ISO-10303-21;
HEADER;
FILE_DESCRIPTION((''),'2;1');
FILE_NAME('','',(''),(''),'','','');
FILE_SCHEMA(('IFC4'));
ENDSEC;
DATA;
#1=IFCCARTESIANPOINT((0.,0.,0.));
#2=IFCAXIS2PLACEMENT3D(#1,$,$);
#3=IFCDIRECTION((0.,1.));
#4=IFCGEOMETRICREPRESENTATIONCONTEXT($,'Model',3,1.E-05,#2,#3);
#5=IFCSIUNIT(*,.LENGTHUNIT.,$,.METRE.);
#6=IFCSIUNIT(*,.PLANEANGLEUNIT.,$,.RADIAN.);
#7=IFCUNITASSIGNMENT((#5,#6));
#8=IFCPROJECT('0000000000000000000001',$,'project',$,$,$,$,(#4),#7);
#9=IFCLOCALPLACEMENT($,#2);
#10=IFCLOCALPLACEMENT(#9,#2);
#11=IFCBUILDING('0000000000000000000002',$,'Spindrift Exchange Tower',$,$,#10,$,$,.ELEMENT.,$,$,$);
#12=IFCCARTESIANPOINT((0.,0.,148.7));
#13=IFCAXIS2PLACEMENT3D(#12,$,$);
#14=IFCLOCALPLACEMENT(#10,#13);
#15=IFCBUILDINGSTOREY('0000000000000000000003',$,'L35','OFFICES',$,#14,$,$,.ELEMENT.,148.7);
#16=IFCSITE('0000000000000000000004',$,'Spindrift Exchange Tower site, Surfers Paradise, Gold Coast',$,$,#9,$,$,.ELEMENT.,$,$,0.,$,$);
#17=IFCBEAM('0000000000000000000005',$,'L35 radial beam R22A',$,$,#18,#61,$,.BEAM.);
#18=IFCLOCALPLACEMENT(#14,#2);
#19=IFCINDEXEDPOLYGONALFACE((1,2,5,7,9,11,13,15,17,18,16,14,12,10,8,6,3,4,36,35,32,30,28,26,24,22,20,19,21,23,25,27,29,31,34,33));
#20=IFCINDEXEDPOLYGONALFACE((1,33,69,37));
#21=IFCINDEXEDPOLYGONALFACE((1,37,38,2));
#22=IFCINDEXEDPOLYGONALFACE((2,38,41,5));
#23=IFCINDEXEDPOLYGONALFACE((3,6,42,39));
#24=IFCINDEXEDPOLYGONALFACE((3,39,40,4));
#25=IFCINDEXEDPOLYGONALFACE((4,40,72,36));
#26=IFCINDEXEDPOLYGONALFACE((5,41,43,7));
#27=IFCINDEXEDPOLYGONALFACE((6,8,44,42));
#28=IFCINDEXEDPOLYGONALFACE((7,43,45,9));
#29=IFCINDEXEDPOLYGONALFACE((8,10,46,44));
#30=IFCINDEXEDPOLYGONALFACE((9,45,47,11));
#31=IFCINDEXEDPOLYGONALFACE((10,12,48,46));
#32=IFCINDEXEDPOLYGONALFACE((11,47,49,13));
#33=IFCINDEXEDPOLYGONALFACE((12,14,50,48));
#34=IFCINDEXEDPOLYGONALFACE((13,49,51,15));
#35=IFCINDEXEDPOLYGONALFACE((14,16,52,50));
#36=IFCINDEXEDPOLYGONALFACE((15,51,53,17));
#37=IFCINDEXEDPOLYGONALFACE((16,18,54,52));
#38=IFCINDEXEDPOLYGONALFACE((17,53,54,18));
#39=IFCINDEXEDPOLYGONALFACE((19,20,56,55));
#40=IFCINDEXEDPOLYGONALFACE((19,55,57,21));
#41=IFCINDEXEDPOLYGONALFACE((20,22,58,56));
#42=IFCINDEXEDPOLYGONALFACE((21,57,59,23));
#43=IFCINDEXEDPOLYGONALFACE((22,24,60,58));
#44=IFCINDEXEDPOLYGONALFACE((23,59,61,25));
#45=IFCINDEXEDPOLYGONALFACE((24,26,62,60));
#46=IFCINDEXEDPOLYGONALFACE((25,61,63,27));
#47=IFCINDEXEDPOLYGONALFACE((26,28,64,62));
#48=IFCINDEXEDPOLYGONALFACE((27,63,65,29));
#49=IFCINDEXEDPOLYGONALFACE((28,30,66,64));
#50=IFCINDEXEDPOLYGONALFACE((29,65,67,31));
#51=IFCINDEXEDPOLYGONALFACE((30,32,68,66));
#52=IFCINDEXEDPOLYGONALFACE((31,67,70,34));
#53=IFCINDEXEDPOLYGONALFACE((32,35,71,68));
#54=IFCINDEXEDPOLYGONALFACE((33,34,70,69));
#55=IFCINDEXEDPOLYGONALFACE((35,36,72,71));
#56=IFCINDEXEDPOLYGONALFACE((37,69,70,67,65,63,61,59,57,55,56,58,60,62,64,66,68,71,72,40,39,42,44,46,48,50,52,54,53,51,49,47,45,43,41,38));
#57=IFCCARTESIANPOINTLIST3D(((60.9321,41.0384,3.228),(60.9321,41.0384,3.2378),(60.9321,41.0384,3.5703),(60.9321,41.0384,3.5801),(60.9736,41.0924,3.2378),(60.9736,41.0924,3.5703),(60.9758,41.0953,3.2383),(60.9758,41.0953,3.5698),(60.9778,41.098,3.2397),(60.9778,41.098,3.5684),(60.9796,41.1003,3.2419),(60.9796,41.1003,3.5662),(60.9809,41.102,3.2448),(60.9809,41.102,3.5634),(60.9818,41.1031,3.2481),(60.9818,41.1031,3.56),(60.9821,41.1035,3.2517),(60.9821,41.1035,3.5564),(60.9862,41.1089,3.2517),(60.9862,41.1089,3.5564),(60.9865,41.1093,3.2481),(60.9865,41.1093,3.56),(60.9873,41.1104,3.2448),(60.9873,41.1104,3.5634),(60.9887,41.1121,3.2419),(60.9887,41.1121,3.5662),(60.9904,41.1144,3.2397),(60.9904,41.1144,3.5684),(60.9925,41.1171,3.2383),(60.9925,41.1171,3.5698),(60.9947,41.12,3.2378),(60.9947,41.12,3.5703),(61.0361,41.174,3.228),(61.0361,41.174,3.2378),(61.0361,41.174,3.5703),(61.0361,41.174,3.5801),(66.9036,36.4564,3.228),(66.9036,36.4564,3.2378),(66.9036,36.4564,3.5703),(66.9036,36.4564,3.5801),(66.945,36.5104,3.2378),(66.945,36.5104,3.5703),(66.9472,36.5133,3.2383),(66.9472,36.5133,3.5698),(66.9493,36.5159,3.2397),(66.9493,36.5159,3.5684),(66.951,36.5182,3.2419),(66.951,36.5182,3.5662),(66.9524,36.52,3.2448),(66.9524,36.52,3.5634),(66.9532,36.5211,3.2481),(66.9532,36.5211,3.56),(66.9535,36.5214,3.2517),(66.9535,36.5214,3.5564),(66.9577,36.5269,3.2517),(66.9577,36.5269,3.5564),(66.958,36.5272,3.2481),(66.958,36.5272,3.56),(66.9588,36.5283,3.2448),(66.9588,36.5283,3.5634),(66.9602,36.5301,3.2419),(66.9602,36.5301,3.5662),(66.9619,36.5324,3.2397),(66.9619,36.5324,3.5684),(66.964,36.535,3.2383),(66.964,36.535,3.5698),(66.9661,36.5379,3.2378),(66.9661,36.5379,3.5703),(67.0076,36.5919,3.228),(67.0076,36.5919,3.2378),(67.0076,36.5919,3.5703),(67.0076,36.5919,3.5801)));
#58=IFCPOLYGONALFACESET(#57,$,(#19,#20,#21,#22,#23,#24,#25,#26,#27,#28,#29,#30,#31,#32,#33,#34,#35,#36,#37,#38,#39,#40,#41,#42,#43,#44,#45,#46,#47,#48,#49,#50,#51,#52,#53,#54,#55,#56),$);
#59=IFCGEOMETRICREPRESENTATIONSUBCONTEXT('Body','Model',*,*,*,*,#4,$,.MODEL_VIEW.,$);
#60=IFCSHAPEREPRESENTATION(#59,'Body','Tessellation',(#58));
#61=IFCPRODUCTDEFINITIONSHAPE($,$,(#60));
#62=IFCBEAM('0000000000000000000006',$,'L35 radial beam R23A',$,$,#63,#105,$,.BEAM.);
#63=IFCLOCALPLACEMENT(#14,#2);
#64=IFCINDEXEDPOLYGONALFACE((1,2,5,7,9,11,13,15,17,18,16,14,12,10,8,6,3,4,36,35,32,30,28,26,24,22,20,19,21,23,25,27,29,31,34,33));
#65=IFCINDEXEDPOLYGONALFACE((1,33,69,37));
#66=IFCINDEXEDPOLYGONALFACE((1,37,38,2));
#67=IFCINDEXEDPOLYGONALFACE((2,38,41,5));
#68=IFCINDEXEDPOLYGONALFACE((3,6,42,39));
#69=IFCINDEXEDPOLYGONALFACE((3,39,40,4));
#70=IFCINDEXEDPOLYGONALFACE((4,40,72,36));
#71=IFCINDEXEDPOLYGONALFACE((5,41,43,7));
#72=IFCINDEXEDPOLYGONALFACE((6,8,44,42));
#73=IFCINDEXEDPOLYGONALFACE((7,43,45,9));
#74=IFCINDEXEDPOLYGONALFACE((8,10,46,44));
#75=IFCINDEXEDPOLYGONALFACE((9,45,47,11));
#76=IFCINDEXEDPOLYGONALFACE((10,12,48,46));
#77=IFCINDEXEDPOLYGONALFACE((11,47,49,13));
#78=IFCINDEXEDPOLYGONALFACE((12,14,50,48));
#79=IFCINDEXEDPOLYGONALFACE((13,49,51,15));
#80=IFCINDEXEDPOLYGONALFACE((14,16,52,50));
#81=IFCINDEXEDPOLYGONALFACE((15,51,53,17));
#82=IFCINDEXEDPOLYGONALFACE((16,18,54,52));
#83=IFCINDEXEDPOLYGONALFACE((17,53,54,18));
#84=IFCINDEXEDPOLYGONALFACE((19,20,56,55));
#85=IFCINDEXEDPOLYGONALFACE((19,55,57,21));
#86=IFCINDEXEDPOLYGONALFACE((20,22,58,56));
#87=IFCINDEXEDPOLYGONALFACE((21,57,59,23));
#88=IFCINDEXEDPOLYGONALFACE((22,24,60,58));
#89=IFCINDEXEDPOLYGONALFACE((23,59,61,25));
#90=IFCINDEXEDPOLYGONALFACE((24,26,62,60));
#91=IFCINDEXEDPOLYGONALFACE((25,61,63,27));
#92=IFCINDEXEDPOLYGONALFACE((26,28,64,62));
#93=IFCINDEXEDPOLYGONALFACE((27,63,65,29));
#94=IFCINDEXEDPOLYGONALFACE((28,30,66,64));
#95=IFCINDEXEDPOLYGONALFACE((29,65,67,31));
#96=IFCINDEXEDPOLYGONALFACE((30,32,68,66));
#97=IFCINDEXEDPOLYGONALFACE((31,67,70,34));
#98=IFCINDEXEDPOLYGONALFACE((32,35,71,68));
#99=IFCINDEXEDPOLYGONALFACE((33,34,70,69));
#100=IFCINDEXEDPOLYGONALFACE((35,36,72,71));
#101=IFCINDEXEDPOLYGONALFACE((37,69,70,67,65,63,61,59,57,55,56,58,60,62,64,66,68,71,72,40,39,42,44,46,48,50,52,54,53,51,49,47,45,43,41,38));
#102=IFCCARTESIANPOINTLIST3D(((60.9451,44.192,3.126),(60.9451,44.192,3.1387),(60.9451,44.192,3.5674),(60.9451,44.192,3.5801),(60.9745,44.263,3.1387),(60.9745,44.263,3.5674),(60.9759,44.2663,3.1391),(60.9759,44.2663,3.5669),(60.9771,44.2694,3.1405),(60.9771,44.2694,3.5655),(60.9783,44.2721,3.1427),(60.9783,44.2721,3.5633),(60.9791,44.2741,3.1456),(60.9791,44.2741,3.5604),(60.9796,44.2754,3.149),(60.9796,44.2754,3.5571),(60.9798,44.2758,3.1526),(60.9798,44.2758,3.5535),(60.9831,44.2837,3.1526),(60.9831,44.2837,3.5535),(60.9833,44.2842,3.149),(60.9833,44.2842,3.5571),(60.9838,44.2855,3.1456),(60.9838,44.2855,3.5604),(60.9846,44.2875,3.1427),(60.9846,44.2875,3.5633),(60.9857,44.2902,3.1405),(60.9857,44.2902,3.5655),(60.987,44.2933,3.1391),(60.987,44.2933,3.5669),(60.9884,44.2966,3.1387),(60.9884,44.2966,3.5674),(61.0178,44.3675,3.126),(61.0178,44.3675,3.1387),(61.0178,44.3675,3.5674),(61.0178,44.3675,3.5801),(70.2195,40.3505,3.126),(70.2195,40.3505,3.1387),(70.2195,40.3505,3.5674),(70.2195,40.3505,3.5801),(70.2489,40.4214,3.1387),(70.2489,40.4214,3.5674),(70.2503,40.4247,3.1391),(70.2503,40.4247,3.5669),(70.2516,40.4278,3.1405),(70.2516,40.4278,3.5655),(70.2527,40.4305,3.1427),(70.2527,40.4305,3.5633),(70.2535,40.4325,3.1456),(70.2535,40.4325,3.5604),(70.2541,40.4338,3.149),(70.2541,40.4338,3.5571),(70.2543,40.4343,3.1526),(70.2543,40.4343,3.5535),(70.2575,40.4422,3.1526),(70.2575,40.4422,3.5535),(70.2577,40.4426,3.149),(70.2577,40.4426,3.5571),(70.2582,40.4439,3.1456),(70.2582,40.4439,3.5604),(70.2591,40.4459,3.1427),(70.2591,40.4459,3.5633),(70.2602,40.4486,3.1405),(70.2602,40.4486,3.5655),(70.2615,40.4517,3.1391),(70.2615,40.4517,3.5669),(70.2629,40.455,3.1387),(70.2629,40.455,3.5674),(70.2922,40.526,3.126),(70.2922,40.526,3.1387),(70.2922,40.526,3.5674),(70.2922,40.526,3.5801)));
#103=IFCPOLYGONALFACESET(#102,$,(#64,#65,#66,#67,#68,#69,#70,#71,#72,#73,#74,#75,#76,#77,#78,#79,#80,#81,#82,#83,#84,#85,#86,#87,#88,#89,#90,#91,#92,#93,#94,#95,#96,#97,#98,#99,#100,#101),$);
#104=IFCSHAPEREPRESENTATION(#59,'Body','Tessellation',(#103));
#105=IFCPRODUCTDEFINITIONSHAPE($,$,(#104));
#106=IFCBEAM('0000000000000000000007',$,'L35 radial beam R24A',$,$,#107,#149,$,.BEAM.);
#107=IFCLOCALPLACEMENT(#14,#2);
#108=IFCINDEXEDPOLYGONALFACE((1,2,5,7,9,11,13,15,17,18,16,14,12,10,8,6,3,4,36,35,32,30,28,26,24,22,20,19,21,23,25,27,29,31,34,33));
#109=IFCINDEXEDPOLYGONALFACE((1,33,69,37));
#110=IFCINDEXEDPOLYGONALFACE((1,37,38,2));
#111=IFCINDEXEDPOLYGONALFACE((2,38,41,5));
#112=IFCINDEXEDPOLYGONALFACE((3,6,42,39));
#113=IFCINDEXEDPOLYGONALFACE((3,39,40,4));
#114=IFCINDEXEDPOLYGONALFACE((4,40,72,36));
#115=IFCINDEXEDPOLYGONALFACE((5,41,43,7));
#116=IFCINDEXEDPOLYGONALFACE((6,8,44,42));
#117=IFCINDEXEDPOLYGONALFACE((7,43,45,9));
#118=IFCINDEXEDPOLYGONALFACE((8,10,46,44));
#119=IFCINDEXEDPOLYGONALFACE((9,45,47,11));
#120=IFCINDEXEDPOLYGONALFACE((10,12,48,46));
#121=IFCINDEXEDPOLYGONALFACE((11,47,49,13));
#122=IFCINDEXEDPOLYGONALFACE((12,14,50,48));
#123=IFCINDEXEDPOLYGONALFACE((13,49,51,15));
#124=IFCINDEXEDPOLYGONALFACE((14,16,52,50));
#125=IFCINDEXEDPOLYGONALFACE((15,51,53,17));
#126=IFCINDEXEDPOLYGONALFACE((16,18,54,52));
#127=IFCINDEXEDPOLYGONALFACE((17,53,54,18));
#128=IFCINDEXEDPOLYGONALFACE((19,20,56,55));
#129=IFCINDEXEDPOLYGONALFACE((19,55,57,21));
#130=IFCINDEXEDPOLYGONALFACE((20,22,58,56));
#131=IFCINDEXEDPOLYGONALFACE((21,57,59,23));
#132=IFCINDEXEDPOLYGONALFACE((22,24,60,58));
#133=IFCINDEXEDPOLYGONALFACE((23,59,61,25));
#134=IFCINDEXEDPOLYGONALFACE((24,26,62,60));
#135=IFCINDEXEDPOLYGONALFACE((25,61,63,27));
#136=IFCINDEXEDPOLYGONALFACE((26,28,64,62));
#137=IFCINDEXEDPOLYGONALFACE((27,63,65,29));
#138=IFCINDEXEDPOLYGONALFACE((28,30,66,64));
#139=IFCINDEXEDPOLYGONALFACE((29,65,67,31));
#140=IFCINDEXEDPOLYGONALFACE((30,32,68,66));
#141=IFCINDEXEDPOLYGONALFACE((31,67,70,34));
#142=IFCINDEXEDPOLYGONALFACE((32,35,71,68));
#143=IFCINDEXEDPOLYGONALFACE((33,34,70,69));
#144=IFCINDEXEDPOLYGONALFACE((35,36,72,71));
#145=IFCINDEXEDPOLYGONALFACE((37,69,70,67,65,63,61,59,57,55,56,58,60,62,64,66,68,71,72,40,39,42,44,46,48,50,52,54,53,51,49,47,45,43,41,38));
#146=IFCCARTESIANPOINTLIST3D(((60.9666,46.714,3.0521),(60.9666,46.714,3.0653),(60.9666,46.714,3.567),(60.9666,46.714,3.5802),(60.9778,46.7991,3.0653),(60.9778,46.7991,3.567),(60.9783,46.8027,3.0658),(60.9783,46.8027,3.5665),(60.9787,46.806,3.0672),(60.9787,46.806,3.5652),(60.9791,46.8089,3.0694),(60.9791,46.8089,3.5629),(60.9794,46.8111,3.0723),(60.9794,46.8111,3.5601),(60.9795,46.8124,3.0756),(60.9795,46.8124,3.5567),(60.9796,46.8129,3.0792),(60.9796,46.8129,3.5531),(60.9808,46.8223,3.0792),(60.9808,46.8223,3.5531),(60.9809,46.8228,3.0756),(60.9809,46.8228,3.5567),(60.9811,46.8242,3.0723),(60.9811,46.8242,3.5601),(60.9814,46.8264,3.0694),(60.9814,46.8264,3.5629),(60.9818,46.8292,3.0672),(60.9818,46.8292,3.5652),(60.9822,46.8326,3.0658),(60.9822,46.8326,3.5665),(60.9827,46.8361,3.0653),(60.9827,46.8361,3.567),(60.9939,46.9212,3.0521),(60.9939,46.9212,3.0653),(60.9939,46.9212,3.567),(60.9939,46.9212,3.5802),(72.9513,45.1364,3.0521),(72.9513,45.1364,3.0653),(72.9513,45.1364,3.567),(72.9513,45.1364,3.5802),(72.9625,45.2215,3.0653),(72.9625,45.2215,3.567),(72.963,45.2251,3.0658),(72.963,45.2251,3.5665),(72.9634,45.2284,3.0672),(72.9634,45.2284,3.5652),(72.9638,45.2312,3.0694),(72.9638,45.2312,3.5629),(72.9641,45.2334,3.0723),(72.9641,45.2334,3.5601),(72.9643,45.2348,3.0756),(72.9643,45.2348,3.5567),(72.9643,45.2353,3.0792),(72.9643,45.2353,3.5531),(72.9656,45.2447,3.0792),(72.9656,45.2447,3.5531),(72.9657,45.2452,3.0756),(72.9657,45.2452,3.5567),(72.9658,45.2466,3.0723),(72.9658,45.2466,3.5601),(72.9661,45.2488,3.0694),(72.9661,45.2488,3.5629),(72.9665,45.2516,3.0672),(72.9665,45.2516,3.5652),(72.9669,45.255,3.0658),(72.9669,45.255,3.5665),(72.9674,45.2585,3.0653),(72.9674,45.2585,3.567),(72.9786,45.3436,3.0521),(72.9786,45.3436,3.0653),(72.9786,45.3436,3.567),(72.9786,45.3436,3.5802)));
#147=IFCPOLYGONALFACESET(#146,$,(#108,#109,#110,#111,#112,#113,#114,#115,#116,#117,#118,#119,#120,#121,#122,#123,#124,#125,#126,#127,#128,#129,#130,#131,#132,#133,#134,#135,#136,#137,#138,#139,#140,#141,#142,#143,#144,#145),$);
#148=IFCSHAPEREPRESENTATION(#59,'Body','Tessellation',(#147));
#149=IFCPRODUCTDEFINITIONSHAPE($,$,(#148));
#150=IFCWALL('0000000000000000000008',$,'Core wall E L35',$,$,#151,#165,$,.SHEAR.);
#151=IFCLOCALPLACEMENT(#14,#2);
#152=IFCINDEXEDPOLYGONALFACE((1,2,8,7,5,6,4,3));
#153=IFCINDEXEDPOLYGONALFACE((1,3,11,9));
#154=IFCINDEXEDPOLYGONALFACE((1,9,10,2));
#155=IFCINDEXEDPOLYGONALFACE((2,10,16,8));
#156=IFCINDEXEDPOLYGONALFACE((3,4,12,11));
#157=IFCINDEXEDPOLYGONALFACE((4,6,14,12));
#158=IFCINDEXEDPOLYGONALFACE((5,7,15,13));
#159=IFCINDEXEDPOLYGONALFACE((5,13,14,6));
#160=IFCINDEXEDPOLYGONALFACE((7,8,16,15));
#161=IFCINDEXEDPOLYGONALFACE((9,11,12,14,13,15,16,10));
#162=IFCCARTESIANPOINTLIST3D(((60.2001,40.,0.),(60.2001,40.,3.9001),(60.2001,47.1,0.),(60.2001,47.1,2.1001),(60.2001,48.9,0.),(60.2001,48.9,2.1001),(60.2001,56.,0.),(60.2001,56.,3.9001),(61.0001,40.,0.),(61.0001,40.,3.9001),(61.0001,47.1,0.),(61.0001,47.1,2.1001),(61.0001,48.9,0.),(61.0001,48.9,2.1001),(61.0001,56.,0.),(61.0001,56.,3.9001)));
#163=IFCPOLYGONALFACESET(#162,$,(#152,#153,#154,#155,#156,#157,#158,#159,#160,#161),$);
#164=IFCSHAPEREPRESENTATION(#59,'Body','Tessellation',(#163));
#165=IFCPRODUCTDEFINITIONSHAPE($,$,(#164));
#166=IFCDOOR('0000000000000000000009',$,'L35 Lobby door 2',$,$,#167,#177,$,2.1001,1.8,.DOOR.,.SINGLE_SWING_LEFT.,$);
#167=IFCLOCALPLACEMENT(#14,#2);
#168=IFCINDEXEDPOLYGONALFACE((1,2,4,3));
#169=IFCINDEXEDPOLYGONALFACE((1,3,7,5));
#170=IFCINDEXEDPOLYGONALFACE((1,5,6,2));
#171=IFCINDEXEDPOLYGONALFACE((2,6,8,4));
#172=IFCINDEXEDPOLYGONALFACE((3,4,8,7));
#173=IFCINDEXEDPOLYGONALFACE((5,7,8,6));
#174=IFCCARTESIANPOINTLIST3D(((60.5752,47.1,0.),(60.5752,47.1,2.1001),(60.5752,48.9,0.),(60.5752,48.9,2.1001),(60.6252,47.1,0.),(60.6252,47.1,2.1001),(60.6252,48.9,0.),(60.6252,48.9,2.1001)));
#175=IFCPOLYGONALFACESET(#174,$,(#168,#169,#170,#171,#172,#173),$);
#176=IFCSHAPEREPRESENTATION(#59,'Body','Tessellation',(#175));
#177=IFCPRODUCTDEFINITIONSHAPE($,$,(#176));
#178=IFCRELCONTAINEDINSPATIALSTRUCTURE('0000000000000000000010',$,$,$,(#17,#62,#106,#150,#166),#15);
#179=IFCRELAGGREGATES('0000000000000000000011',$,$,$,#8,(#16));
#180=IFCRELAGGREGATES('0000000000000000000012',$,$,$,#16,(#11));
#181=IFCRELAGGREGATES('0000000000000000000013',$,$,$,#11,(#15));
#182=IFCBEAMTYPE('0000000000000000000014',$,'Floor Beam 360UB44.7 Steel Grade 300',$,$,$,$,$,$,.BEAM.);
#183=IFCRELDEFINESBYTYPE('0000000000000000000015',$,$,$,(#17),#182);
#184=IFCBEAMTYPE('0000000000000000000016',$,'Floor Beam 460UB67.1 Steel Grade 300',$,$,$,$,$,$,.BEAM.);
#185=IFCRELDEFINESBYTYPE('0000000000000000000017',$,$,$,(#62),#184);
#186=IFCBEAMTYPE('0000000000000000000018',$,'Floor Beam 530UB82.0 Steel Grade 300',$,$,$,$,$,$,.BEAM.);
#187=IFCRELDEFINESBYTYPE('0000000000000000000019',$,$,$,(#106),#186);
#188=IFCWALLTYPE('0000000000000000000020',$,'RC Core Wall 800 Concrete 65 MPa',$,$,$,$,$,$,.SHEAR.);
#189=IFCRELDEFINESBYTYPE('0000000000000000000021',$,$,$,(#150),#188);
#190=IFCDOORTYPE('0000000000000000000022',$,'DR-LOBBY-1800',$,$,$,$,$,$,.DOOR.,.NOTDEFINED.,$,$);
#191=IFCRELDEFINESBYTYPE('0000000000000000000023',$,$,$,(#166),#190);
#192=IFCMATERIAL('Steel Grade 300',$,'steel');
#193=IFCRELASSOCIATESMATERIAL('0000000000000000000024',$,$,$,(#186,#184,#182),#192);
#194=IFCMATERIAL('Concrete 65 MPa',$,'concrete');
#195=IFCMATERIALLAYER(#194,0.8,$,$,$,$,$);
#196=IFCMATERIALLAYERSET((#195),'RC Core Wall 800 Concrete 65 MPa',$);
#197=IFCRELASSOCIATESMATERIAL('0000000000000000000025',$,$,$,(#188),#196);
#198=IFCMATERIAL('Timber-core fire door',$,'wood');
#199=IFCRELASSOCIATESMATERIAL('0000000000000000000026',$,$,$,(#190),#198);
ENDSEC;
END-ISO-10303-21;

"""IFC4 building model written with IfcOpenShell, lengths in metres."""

from ifc_helpers import new_model, si_unit, direction, frame, frame_2d, origin, origin_2d, place, context, subcontext, project, spatial, rectangle, i_section, extrude, source, transform, mapped, material, layer, layer_set, material_profile, profile_set, type_object, element, fill, save


model = new_model("IFC4")

# Units and contexts
model_context = context("Model", 3, precision=1e-05, world=origin(), true_north=direction((0.0, 1.0)))
body_context = subcontext(model_context, "Body", "Model", "MODEL_VIEW")
ifc_project = project(units=[si_unit("LENGTHUNIT", "METRE"), si_unit("PLANEANGLEUNIT", "RADIAN")], contexts=[model_context])

# Site, building, storey
site_placement = place(None, origin())
site = spatial("IfcSite", under=ifc_project, at=site_placement, Name="Spindrift Exchange Tower site, Surfers Paradise, Gold Coast", CompositionType="ELEMENT", RefElevation=0.0)
building_placement = place(site_placement, origin())
building = spatial("IfcBuilding", under=site, at=building_placement, Name="Spindrift Exchange Tower", CompositionType="ELEMENT")
storey_placement = place(building_placement, frame((0.0, 0.0, 148.7)))
storey = spatial("IfcBuildingStorey", under=building, at=storey_placement, Name="L35", Description="OFFICES", CompositionType="ELEMENT", Elevation=148.7)

# Beams
ifc_material_1 = material(Name="Steel Grade 300", Category="steel")
ifc_material_profile_1 = material_profile(ifc_material_1, i_section(OverallWidth=0.209, OverallDepth=0.5281, WebThickness=0.0095, FlangeThickness=0.0132, FilletRadius=0.0139, at=origin_2d()), Name="530UB82.0")
ifc_profile_set_1 = profile_set([ifc_material_profile_1], Name="Steel Grade 300")
beam_type_1 = type_object("IfcBeamType", Name="Floor Beam 530UB82.0 Steel Grade 300", PredefinedType="BEAM", material=ifc_profile_set_1)
ifc_material_profile_2 = material_profile(ifc_material_1, i_section(OverallWidth=0.1899, OverallDepth=0.4541, WebThickness=0.0085, FlangeThickness=0.0127, FilletRadius=0.0139, at=origin_2d()), Name="460UB67.1")
ifc_profile_set_2 = profile_set([ifc_material_profile_2], Name="Steel Grade 300")
beam_type_2 = type_object("IfcBeamType", Name="Floor Beam 460UB67.1 Steel Grade 300", PredefinedType="BEAM", material=ifc_profile_set_2)
ifc_material_profile_3 = material_profile(ifc_material_1, i_section(OverallWidth=0.1709, OverallDepth=0.3521, WebThickness=0.0068, FlangeThickness=0.0098, FilletRadius=0.0139, at=origin_2d()), Name="360UB44.7")
ifc_profile_set_3 = profile_set([ifc_material_profile_3], Name="Steel Grade 300")
beam_type_3 = type_object("IfcBeamType", Name="Floor Beam 360UB44.7 Steel Grade 300", PredefinedType="BEAM", material=ifc_profile_set_3)
shared_shape_1 = source(origin(), body_context, "Body", "SweptSolid", [
    extrude(i_section(OverallWidth=0.1709, OverallDepth=0.3521, WebThickness=0.0068, FlangeThickness=0.0098, FilletRadius=0.0139, at=origin_2d()), origin(), (0.0, 0.0, 1.0), 7.5269),
])
beam_1_placement = place(storey_placement, frame((60.9841, 41.1062, 3.4041), z_axis=(0.793354, -0.60876, 0.0), x_axis=(0.60876, 0.793354, 0.0)))
element("IfcBeam", 1, at=beam_1_placement, inside=storey, type_object=beam_type_3, Name="L35 radial beam R22A", PredefinedType="BEAM", context=body_context, shape_type="MappedRepresentation", body=[
    mapped(shared_shape_1, transform((0.0, 0.0, 0.0), scale=1.0)),
])
shared_shape_2 = source(origin(), body_context, "Body", "SweptSolid", [
    extrude(i_section(OverallWidth=0.1899, OverallDepth=0.4541, WebThickness=0.0085, FlangeThickness=0.0127, FilletRadius=0.0139, at=origin_2d()), origin(), (0.0, 0.0, 1.0), 10.0386),
])
beam_2_placement = place(storey_placement, frame((60.9814, 44.2798, 3.353), z_axis=(0.923881, -0.38268, 0.0), x_axis=(0.38268, 0.923881, 0.0)))
element("IfcBeam", 2, at=beam_2_placement, inside=storey, type_object=beam_type_2, Name="L35 radial beam R23A", PredefinedType="BEAM", context=body_context, shape_type="MappedRepresentation", body=[
    mapped(shared_shape_2, transform((0.0, 0.0, 0.0), scale=1.0)),
])
shared_shape_3 = source(origin(), body_context, "Body", "SweptSolid", [
    extrude(i_section(OverallWidth=0.209, OverallDepth=0.5281, WebThickness=0.0095, FlangeThickness=0.0132, FilletRadius=0.0139, at=origin_2d()), origin(), (0.0, 0.0, 1.0), 12.0881),
])
beam_3_placement = place(storey_placement, frame((60.9802, 46.8176, 3.3162), z_axis=(0.991447, -0.13051, 0.0), x_axis=(0.13051, 0.991447, 0.0)))
element("IfcBeam", 3, at=beam_3_placement, inside=storey, type_object=beam_type_1, Name="L35 radial beam R24A", PredefinedType="BEAM", context=body_context, shape_type="MappedRepresentation", body=[
    mapped(shared_shape_3, transform((0.0, 0.0, 0.0), scale=1.0)),
])

# Wall, opening, door
ifc_material_2 = material(Name="Concrete 65 MPa", Category="concrete")
ifc_layer_1 = layer(ifc_material_2, 0.8)
ifc_layer_set_1 = layer_set([ifc_layer_1], Name="RC Core Wall 800 Concrete 65 MPa")
wall_type_1 = type_object("IfcWallType", Name="RC Core Wall 800 Concrete 65 MPa", PredefinedType="SHEAR", material=ifc_layer_set_1)
wall_1_placement = place(storey_placement, frame((60.6001, 40.0, 0.0), z_axis=(0.0, 0.0, 1.0), x_axis=(0.0, 1.0, 0.0)))
wall_1 = element("IfcWall", 4, at=wall_1_placement, inside=storey, type_object=wall_type_1, Name="Core wall E L35", PredefinedType="SHEAR", context=body_context, shape_type="SweptSolid", body=[
    extrude(rectangle(XDim=16.0, YDim=0.8, at=frame_2d((8.0, 0.0))), origin(), (0.0, 0.0, 1.0), 3.9001),
])
opening_1_placement = place(wall_1_placement, frame((7.1001, 0.0, 0.0)))
opening_1 = element("IfcOpeningElement", 5, at=opening_1_placement, cuts=wall_1, PredefinedType="OPENING", context=body_context, shape_type="SweptSolid", body=[
    extrude(rectangle(XDim=1.8, YDim=2.1001, at=frame_2d((0.8999, 1.05))), frame((0.0, 0.4099, 0.0), z_axis=(0.0, -1.0, 0.0), x_axis=(1.0, 0.0, 0.0)), (0.0, 0.0, 1.0), 0.8201),
])
ifc_material_3 = material(Name="Timber-core fire door", Category="wood")
door_type_1 = type_object("IfcDoorType", Name="DR-LOBBY-1800", OperationType="NOTDEFINED", PredefinedType="DOOR", material=ifc_material_3)
shared_shape_4 = source(origin(), body_context, "Body", "SweptSolid", [
    extrude(rectangle(XDim=1.8, YDim=2.1001, at=frame_2d((0.8999, 1.05))), frame((0.0, 0.0249, 0.0), z_axis=(0.0, -1.0, 0.0), x_axis=(1.0, 0.0, 0.0)), (0.0, 0.0, 1.0), 0.05),
])
door_1_placement = place(opening_1_placement, origin())
door_1 = element("IfcDoor", 6, at=door_1_placement, inside=storey, type_object=door_type_1, Name="L35 Lobby door 2", OperationType="SINGLE_SWING_LEFT", OverallHeight=2.1001, OverallWidth=1.8, PredefinedType="DOOR", context=body_context, shape_type="MappedRepresentation", body=[
    mapped(shared_shape_4, transform((0.0, 0.0, 0.0), scale=1.0)),
])
fill(opening_1, door_1)

save(model, "model.ifc")
